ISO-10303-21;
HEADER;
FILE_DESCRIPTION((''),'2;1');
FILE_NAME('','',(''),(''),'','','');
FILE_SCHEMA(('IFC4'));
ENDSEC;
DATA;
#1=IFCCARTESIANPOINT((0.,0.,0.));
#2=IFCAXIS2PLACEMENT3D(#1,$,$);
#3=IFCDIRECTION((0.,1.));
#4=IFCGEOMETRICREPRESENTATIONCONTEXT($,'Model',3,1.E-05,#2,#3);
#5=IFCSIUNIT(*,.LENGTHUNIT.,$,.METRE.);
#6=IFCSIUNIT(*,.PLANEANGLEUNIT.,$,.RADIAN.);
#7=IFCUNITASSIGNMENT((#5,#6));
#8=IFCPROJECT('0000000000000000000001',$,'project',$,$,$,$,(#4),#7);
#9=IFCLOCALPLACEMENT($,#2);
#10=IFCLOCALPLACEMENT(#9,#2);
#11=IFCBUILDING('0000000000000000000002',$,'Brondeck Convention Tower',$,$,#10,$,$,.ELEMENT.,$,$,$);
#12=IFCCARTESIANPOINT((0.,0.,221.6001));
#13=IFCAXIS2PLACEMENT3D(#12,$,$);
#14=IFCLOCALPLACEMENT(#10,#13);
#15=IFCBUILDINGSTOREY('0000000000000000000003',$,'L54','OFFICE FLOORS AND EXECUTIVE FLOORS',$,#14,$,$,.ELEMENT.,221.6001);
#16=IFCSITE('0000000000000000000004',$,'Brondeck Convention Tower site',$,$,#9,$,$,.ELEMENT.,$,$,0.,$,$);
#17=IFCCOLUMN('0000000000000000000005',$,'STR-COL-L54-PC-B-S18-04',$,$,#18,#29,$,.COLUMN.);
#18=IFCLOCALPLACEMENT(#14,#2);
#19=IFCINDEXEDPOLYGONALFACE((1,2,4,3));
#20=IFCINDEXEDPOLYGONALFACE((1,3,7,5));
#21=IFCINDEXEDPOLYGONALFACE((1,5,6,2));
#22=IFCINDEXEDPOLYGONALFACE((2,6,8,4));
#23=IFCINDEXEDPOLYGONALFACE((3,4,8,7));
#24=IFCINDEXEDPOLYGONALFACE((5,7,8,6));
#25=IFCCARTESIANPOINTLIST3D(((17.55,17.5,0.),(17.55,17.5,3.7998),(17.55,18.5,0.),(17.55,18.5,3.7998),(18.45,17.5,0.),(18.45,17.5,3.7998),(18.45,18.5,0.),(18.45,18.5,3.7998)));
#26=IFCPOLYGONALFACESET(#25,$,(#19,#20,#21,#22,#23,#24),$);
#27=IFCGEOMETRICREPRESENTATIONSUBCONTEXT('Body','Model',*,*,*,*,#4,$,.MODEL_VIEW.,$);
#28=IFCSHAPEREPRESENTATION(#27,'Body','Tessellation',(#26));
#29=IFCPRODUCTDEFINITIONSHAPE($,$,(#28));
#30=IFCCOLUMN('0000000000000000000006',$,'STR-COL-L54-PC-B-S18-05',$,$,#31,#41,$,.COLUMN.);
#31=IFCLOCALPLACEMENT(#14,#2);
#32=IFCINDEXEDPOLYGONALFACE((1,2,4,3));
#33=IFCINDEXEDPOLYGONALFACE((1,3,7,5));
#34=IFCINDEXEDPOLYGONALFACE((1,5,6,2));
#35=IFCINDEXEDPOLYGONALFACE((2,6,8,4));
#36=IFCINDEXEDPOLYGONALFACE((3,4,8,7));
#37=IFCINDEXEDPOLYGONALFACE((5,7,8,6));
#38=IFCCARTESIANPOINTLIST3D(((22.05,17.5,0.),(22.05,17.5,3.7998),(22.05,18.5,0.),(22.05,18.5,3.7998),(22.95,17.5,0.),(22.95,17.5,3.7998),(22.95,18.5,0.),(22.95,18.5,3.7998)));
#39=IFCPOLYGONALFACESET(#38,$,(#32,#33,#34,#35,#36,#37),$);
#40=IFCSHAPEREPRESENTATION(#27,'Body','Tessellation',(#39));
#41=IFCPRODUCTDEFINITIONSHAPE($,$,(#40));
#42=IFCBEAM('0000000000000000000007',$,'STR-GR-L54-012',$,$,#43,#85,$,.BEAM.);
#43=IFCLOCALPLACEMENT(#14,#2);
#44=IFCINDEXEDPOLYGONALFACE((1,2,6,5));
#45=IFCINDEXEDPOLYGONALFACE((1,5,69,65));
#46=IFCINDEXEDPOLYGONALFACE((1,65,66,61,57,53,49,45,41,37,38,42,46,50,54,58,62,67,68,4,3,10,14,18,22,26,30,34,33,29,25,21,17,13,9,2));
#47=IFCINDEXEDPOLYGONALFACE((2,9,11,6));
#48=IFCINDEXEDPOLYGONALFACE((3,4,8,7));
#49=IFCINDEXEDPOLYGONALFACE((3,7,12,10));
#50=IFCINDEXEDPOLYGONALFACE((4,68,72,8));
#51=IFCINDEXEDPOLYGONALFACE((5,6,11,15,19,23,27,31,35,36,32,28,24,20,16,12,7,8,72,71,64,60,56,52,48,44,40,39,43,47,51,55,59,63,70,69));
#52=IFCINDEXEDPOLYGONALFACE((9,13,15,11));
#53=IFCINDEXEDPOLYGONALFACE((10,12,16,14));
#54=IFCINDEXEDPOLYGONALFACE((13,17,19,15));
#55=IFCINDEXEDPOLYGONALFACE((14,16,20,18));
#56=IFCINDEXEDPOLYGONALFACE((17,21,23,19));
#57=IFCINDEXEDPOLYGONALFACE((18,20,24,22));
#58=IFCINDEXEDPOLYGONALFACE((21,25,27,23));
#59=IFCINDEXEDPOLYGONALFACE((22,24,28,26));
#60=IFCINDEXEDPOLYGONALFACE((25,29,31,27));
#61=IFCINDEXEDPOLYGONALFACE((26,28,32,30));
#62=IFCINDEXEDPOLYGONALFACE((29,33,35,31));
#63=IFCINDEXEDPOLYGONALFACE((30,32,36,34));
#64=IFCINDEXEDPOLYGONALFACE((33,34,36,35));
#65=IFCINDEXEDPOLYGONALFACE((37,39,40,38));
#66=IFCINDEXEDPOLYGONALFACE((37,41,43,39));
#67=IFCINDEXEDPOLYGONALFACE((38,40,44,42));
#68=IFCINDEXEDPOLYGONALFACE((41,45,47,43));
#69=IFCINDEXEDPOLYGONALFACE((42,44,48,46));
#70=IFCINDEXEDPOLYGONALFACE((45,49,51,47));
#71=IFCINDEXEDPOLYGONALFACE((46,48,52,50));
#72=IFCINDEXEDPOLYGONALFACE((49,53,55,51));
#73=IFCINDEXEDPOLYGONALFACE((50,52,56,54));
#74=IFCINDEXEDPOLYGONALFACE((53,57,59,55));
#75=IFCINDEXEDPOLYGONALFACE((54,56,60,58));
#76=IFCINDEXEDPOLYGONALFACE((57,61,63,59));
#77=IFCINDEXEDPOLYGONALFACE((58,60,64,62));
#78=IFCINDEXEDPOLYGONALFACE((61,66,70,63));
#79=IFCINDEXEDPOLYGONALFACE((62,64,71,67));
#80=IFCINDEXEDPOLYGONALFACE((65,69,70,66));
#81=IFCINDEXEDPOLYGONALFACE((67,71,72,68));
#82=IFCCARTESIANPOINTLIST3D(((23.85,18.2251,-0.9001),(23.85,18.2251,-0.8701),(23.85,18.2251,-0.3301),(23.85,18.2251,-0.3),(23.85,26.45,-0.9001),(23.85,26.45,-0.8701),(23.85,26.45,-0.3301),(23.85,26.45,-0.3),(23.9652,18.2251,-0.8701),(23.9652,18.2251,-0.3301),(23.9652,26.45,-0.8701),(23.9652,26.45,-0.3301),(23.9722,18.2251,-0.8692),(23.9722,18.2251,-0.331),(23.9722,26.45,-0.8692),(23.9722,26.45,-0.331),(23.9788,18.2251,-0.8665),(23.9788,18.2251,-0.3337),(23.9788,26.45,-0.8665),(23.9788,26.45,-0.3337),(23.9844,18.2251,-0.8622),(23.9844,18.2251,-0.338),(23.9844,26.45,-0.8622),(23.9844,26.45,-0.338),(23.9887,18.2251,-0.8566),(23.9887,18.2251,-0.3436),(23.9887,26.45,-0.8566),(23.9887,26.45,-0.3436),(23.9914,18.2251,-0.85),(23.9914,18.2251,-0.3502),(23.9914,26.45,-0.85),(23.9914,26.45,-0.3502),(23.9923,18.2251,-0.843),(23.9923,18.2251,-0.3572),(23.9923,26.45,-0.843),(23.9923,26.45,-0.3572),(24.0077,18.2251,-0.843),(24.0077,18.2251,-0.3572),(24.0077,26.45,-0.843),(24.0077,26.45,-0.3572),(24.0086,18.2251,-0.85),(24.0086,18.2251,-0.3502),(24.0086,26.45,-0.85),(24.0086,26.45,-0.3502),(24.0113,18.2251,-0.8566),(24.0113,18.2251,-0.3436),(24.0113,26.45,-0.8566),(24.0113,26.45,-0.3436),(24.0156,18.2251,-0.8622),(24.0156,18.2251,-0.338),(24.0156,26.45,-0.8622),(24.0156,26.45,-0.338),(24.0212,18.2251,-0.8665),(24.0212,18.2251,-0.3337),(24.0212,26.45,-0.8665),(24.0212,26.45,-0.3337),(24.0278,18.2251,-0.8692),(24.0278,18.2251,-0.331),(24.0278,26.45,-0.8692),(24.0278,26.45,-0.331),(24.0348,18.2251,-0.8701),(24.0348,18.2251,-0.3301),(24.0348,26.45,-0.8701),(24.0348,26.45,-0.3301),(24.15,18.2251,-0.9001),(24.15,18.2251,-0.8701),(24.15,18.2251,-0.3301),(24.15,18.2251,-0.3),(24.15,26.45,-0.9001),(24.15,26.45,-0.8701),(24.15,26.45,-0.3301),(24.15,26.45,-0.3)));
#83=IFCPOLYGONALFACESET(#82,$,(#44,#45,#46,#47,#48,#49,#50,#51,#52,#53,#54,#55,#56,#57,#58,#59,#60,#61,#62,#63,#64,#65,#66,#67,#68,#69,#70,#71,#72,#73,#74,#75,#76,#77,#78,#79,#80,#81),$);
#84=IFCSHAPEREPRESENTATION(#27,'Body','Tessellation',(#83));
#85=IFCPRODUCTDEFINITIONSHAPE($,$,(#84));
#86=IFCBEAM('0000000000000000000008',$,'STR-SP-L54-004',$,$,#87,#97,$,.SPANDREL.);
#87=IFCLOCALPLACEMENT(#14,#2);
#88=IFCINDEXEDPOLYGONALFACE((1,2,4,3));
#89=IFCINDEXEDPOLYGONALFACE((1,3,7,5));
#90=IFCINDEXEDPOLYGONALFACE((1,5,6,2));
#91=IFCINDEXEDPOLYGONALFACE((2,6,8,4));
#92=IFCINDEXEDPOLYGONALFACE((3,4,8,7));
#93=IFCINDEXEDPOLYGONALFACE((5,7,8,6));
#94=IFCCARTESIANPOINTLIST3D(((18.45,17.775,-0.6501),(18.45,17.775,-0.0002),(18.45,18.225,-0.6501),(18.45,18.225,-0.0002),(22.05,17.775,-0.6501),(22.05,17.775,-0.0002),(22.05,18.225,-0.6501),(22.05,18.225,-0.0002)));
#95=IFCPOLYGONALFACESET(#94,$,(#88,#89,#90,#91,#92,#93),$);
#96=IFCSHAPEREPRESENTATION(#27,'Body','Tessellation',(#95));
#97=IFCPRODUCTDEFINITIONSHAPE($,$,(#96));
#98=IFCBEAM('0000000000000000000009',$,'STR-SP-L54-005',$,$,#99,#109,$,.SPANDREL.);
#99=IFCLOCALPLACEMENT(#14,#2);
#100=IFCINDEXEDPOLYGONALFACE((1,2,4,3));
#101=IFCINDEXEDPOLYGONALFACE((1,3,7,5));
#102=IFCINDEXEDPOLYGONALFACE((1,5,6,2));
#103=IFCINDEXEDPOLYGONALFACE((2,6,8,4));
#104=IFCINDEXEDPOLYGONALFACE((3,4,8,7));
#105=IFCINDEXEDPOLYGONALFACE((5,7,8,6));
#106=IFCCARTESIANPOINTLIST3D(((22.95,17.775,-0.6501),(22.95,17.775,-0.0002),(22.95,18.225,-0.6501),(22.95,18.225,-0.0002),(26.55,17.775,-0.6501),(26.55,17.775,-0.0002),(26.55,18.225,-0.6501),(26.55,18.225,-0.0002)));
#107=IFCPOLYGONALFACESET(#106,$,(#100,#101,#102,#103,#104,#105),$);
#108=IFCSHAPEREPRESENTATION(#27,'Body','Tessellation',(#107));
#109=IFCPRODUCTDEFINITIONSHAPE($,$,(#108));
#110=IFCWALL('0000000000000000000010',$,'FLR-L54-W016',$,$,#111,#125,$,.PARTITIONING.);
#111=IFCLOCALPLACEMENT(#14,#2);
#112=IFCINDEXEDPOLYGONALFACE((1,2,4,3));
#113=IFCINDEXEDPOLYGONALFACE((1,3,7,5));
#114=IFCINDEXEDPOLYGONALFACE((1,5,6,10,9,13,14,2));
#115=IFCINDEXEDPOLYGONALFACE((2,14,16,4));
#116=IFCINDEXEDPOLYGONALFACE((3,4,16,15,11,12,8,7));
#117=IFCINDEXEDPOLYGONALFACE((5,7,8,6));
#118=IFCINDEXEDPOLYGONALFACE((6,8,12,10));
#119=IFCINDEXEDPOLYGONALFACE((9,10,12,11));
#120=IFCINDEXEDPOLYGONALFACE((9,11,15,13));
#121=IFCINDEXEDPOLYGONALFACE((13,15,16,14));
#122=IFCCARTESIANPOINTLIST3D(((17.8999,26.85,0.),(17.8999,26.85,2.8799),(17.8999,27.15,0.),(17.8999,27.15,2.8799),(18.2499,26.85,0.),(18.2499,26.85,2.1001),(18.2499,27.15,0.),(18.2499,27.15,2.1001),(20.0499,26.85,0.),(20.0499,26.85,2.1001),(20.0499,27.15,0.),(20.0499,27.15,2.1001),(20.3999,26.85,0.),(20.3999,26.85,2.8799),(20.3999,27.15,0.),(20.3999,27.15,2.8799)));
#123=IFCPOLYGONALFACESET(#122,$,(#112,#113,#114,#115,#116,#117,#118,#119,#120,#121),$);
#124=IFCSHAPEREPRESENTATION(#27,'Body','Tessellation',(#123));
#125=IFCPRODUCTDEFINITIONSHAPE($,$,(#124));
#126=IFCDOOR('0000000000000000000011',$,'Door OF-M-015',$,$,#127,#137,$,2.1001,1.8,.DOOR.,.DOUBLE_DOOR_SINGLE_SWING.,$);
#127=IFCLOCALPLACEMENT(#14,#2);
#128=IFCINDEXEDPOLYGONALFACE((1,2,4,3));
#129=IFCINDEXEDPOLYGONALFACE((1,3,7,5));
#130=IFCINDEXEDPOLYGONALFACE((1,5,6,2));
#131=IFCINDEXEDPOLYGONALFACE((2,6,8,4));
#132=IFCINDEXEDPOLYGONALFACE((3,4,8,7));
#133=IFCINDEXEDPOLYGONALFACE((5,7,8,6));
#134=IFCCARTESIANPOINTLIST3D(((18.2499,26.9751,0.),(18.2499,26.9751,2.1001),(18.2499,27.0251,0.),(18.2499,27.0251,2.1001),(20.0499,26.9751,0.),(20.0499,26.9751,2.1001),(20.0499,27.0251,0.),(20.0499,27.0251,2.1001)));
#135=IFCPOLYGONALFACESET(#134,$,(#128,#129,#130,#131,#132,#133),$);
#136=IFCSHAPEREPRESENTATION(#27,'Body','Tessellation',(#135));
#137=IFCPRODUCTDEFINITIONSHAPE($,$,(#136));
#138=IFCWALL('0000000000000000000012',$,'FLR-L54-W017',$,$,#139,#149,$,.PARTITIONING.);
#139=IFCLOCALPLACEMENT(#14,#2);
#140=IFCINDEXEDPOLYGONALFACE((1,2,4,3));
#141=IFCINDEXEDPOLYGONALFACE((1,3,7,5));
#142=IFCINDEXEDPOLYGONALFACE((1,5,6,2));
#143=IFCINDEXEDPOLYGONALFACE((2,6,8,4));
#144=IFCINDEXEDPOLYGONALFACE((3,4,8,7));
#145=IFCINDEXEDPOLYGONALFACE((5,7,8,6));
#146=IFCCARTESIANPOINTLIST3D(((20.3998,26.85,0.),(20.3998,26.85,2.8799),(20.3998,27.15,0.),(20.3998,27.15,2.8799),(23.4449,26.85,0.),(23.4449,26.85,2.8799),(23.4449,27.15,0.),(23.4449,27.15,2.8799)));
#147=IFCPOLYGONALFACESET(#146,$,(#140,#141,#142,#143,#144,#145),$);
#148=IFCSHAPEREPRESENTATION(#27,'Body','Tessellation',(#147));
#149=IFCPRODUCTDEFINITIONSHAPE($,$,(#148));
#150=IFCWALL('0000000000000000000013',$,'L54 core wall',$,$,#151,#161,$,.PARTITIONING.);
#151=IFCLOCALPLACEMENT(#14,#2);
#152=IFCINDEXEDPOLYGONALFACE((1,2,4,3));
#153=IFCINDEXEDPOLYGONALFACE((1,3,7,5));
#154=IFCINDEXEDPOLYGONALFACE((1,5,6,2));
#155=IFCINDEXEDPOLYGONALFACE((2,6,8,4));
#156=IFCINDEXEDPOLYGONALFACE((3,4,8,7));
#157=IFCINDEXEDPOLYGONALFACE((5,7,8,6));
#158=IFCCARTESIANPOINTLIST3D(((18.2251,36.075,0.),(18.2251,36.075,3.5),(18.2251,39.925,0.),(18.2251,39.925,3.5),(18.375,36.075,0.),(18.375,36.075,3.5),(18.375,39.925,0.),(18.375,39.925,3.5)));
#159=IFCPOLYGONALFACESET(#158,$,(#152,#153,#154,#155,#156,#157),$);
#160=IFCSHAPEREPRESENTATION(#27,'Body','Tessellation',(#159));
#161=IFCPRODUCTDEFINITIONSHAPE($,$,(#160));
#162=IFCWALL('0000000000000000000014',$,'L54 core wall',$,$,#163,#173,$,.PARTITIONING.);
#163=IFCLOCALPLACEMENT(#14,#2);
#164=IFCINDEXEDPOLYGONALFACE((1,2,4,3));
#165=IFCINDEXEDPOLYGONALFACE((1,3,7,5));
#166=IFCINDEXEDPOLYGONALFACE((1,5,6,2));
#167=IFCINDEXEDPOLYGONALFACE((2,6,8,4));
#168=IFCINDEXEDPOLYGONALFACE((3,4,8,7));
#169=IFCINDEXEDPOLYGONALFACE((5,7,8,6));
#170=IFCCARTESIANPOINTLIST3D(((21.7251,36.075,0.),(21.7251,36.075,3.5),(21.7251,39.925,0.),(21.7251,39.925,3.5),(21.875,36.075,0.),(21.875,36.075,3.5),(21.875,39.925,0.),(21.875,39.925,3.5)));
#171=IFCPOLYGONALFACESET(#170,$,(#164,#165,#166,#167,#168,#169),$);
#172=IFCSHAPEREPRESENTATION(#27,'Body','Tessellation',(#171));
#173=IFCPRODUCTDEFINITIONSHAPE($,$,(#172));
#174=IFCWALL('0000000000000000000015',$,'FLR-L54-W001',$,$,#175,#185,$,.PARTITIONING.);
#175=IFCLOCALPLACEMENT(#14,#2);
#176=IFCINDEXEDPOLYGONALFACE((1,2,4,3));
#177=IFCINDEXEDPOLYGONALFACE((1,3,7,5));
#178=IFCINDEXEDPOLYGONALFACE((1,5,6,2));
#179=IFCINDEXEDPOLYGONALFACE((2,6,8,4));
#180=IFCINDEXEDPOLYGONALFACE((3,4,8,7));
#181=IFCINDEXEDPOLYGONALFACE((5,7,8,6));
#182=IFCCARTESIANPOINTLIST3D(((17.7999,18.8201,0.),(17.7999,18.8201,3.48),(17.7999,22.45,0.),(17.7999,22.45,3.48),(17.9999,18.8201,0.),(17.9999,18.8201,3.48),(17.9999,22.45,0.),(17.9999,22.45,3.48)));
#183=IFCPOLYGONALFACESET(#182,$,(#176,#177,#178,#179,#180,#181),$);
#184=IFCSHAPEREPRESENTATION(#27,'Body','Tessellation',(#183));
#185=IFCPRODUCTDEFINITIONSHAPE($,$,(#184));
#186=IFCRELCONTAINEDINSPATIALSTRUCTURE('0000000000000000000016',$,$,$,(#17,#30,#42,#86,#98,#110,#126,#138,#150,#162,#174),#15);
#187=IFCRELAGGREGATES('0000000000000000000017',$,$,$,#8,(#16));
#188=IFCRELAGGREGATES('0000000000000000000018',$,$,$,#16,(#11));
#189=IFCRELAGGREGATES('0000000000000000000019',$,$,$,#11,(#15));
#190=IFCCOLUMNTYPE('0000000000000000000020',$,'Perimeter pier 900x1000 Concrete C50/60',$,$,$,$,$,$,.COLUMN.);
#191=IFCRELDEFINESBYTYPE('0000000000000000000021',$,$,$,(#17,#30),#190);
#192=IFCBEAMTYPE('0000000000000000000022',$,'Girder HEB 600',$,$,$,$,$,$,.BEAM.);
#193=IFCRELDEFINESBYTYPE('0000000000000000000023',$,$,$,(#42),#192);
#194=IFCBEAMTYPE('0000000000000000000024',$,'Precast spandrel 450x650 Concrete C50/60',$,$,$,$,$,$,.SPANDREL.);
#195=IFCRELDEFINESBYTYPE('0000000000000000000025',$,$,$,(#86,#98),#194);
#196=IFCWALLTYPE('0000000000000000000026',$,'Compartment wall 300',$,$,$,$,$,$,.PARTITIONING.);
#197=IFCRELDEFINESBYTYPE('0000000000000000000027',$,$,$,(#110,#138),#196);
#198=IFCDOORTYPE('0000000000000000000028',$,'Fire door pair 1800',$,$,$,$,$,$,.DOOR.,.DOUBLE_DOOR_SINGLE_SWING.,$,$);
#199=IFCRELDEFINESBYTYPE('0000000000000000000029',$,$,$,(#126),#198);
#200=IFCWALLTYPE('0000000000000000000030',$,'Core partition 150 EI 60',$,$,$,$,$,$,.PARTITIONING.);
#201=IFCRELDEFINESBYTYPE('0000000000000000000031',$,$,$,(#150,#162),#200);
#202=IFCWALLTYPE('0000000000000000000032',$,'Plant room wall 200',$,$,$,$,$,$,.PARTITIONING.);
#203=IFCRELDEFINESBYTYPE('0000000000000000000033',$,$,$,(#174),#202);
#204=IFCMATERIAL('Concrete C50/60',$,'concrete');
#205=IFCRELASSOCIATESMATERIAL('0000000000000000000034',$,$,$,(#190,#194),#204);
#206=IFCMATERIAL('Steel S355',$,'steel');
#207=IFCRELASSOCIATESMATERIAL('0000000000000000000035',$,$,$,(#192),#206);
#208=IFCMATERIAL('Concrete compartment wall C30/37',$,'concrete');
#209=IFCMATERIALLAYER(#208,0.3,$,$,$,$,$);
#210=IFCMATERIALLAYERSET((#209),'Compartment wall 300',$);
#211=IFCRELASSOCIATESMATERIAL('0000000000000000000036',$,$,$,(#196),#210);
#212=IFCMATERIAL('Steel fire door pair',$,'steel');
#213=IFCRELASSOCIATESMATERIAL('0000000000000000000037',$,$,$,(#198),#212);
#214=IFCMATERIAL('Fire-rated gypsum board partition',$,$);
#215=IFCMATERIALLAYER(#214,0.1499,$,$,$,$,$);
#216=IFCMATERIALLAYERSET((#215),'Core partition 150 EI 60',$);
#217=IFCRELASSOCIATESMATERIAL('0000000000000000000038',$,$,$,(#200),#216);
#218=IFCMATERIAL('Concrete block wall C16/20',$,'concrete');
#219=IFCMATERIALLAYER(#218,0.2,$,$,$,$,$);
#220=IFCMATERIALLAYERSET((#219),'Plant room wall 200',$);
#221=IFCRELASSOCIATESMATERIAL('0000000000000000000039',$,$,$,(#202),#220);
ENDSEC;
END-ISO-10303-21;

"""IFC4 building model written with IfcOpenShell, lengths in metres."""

from ifc_helpers import new_model, si_unit, direction, frame, frame_2d, origin, origin_2d, place, context, subcontext, project, spatial, rectangle, i_section, extrude, material, layer, layer_set, material_profile, profile_set, type_object, element, fill, save


model = new_model("IFC4")

# Units and contexts
model_context = context("Model", 3, precision=1e-05, world=origin(), true_north=direction((0.0, 1.0)))
body_context = subcontext(model_context, "Body", "Model", "MODEL_VIEW")
ifc_project = project(units=[si_unit("LENGTHUNIT", "METRE"), si_unit("PLANEANGLEUNIT", "RADIAN")], contexts=[model_context])

# Site, building, storey
site_placement = place(None, origin())
site = spatial("IfcSite", under=ifc_project, at=site_placement, Name="Brondeck Convention Tower site", CompositionType="ELEMENT", RefElevation=0.0)
building_placement = place(site_placement, origin())
building = spatial("IfcBuilding", under=site, at=building_placement, Name="Brondeck Convention Tower", CompositionType="ELEMENT")
storey_placement = place(building_placement, frame((0.0, 0.0, 221.6001)))
storey = spatial("IfcBuildingStorey", under=building, at=storey_placement, Name="L54", Description="OFFICE FLOORS AND EXECUTIVE FLOORS", CompositionType="ELEMENT", Elevation=221.6001)

# Columns
ifc_material_1 = material(Name="Concrete C50/60", Category="concrete")
ifc_material_profile_1 = material_profile(ifc_material_1, rectangle(XDim=0.8999, YDim=1.0, at=origin_2d()), Name="Perimeter pier 900x1000 Concrete C50/60")
ifc_profile_set_1 = profile_set([ifc_material_profile_1], Name="Concrete C50/60")
column_type = type_object("IfcColumnType", Name="Perimeter pier 900x1000 Concrete C50/60", PredefinedType="COLUMN", material=ifc_profile_set_1)
for number, where, z_axis, x_axis, name in (
    (1, (18.0, 18.0, 0.0), (0.0, 0.0, 1.0), (1.0, 0.0, 0.0), "STR-COL-L54-PC-B-S18-04"),
    (2, (22.5, 18.0, 0.0), (0.0, 0.0, 1.0), (1.0, 0.0, 0.0), "STR-COL-L54-PC-B-S18-05"),
):
    element("IfcColumn", number, at=place(storey_placement, frame(where, z_axis=z_axis, x_axis=x_axis)), inside=storey, type_object=column_type, Name=name, PredefinedType="COLUMN", context=body_context, shape_type="SweptSolid", body=[
        extrude(rectangle(XDim=0.8999, YDim=1.0, at=origin_2d()), origin(), (0.0, 0.0, 1.0), 3.7998),
    ])

# Beams
ifc_material_2 = material(Name="Steel S355", Category="steel")
ifc_material_profile_2 = material_profile(ifc_material_2, i_section(OverallWidth=0.3, OverallDepth=0.6001, WebThickness=0.0154, FlangeThickness=0.03, FilletRadius=0.0271, at=origin_2d()), Name="HEB 600")
ifc_profile_set_2 = profile_set([ifc_material_profile_2], Name="Steel S355")
beam_type_1 = type_object("IfcBeamType", Name="Girder HEB 600", PredefinedType="BEAM", material=ifc_profile_set_2)
beam_placement = place(storey_placement, frame((24.0, 26.45, -0.6001), z_axis=(0.0, -1.0, 0.0), x_axis=(1.0, 0.0, 0.0)))
element("IfcBeam", 3, at=beam_placement, inside=storey, type_object=beam_type_1, Name="STR-GR-L54-012", PredefinedType="BEAM", context=body_context, shape_type="SweptSolid", body=[
    extrude(i_section(OverallWidth=0.3, OverallDepth=0.6001, WebThickness=0.0154, FlangeThickness=0.03, FilletRadius=0.0271, at=origin_2d()), origin(), (0.0, 0.0, 1.0), 8.2249),
])
ifc_material_profile_3 = material_profile(ifc_material_1, rectangle(XDim=0.45, YDim=0.6499, at=origin_2d()), Name="Precast spandrel 450x650 Concrete C50/60")
ifc_profile_set_3 = profile_set([ifc_material_profile_3], Name="Concrete C50/60")
beam_type_2 = type_object("IfcBeamType", Name="Precast spandrel 450x650 Concrete C50/60", PredefinedType="SPANDREL", material=ifc_profile_set_3)
for number, where, z_axis, x_axis, name in (
    (4, (18.45, 18.0, -0.3252), (1.0, 0.0, 0.0), (0.0, 1.0, 0.0), "STR-SP-L54-004"),
    (5, (22.95, 18.0, -0.3252), (1.0, 0.0, 0.0), (0.0, 1.0, 0.0), "STR-SP-L54-005"),
):
    element("IfcBeam", number, at=place(storey_placement, frame(where, z_axis=z_axis, x_axis=x_axis)), inside=storey, type_object=beam_type_2, Name=name, PredefinedType="SPANDREL", context=body_context, shape_type="SweptSolid", body=[
        extrude(rectangle(XDim=0.45, YDim=0.6499, at=origin_2d()), origin(), (0.0, 0.0, 1.0), 3.6001),
    ])

# Wall, opening, door
ifc_material_3 = material(Name="Concrete compartment wall C30/37", Category="concrete")
ifc_layer_1 = layer(ifc_material_3, 0.3)
ifc_layer_set_1 = layer_set([ifc_layer_1], Name="Compartment wall 300")
wall_type_1 = type_object("IfcWallType", Name="Compartment wall 300", PredefinedType="PARTITIONING", material=ifc_layer_set_1)
wall_1_placement = place(storey_placement, frame((20.3999, 27.0, 0.0), z_axis=(0.0, 0.0, 1.0), x_axis=(-1.0, 0.0, 0.0)))
wall_1 = element("IfcWall", 6, at=wall_1_placement, inside=storey, type_object=wall_type_1, Name="FLR-L54-W016", PredefinedType="PARTITIONING", context=body_context, shape_type="SweptSolid", body=[
    extrude(rectangle(XDim=2.5, YDim=0.3, at=frame_2d((1.25, 0.0))), origin(), (0.0, 0.0, 1.0), 2.8799),
])
opening_1_placement = place(wall_1_placement, frame((0.3501, 0.0, 0.0)))
opening_1 = element("IfcOpeningElement", 7, at=opening_1_placement, cuts=wall_1, PredefinedType="OPENING", context=body_context, shape_type="SweptSolid", body=[
    extrude(rectangle(XDim=1.8, YDim=2.1001, at=frame_2d((0.8999, 1.05))), frame((0.0, 0.1599, 0.0), z_axis=(0.0, -1.0, 0.0), x_axis=(1.0, 0.0, 0.0)), (0.0, 0.0, 1.0), 0.3201),
])
ifc_material_4 = material(Name="Steel fire door pair", Category="steel")
door_type_1 = type_object("IfcDoorType", Name="Fire door pair 1800", OperationType="DOUBLE_DOOR_SINGLE_SWING", PredefinedType="DOOR", material=ifc_material_4)
door_1_placement = place(opening_1_placement, origin())
door_1 = element("IfcDoor", 8, at=door_1_placement, inside=storey, type_object=door_type_1, Name="Door OF-M-015", OperationType="DOUBLE_DOOR_SINGLE_SWING", OverallHeight=2.1001, OverallWidth=1.8, PredefinedType="DOOR", context=body_context, shape_type="SweptSolid", body=[
    extrude(rectangle(XDim=1.8, YDim=2.1001, at=frame_2d((0.8999, 1.05))), frame((0.0, 0.0249, 0.0), z_axis=(0.0, -1.0, 0.0), x_axis=(1.0, 0.0, 0.0)), (0.0, 0.0, 1.0), 0.05),
])
fill(opening_1, door_1)

# Walls
wall_2_placement = place(storey_placement, frame((20.3999, 27.0, 0.0), z_axis=(0.0, 0.0, 1.0), x_axis=(1.0, 0.0, 0.0)))
element("IfcWall", 9, at=wall_2_placement, inside=storey, type_object=wall_type_1, Name="FLR-L54-W017", PredefinedType="PARTITIONING", context=body_context, shape_type="SweptSolid", body=[
    extrude(rectangle(XDim=3.0452, YDim=0.3, at=frame_2d((1.5225, 0.0))), origin(), (0.0, 0.0, 1.0), 2.8799),
])
ifc_material_5 = material(Name="Fire-rated gypsum board partition")
ifc_layer_2 = layer(ifc_material_5, 0.1499)
ifc_layer_set_2 = layer_set([ifc_layer_2], Name="Core partition 150 EI 60")
wall_type_2 = type_object("IfcWallType", Name="Core partition 150 EI 60", PredefinedType="PARTITIONING", material=ifc_layer_set_2)
for number, where, z_axis, x_axis, name in (
    (10, (18.3, 36.075, 0.0), (0.0, 0.0, 1.0), (0.0, 1.0, 0.0), "L54 core wall"),
    (11, (21.8, 36.075, 0.0), (0.0, 0.0, 1.0), (0.0, 1.0, 0.0), "L54 core wall"),
):
    element("IfcWall", number, at=place(storey_placement, frame(where, z_axis=z_axis, x_axis=x_axis)), inside=storey, type_object=wall_type_2, Name=name, PredefinedType="PARTITIONING", context=body_context, shape_type="SweptSolid", body=[
        extrude(rectangle(XDim=3.8501, YDim=0.1499, at=frame_2d((1.925, 0.0))), origin(), (0.0, 0.0, 1.0), 3.5),
    ])
ifc_material_6 = material(Name="Concrete block wall C16/20", Category="concrete")
ifc_layer_3 = layer(ifc_material_6, 0.2)
ifc_layer_set_3 = layer_set([ifc_layer_3], Name="Plant room wall 200")
wall_type_3 = type_object("IfcWallType", Name="Plant room wall 200", PredefinedType="PARTITIONING", material=ifc_layer_set_3)
wall_3_placement = place(storey_placement, frame((17.8999, 22.45, 0.0), z_axis=(0.0, 0.0, 1.0), x_axis=(0.0, -1.0, 0.0)))
element("IfcWall", 12, at=wall_3_placement, inside=storey, type_object=wall_type_3, Name="FLR-L54-W001", PredefinedType="PARTITIONING", context=body_context, shape_type="SweptSolid", body=[
    extrude(rectangle(XDim=3.6299, YDim=0.2, at=frame_2d((1.8149, 0.0))), origin(), (0.0, 0.0, 1.0), 3.48),
])

save(model, "model.ifc")
